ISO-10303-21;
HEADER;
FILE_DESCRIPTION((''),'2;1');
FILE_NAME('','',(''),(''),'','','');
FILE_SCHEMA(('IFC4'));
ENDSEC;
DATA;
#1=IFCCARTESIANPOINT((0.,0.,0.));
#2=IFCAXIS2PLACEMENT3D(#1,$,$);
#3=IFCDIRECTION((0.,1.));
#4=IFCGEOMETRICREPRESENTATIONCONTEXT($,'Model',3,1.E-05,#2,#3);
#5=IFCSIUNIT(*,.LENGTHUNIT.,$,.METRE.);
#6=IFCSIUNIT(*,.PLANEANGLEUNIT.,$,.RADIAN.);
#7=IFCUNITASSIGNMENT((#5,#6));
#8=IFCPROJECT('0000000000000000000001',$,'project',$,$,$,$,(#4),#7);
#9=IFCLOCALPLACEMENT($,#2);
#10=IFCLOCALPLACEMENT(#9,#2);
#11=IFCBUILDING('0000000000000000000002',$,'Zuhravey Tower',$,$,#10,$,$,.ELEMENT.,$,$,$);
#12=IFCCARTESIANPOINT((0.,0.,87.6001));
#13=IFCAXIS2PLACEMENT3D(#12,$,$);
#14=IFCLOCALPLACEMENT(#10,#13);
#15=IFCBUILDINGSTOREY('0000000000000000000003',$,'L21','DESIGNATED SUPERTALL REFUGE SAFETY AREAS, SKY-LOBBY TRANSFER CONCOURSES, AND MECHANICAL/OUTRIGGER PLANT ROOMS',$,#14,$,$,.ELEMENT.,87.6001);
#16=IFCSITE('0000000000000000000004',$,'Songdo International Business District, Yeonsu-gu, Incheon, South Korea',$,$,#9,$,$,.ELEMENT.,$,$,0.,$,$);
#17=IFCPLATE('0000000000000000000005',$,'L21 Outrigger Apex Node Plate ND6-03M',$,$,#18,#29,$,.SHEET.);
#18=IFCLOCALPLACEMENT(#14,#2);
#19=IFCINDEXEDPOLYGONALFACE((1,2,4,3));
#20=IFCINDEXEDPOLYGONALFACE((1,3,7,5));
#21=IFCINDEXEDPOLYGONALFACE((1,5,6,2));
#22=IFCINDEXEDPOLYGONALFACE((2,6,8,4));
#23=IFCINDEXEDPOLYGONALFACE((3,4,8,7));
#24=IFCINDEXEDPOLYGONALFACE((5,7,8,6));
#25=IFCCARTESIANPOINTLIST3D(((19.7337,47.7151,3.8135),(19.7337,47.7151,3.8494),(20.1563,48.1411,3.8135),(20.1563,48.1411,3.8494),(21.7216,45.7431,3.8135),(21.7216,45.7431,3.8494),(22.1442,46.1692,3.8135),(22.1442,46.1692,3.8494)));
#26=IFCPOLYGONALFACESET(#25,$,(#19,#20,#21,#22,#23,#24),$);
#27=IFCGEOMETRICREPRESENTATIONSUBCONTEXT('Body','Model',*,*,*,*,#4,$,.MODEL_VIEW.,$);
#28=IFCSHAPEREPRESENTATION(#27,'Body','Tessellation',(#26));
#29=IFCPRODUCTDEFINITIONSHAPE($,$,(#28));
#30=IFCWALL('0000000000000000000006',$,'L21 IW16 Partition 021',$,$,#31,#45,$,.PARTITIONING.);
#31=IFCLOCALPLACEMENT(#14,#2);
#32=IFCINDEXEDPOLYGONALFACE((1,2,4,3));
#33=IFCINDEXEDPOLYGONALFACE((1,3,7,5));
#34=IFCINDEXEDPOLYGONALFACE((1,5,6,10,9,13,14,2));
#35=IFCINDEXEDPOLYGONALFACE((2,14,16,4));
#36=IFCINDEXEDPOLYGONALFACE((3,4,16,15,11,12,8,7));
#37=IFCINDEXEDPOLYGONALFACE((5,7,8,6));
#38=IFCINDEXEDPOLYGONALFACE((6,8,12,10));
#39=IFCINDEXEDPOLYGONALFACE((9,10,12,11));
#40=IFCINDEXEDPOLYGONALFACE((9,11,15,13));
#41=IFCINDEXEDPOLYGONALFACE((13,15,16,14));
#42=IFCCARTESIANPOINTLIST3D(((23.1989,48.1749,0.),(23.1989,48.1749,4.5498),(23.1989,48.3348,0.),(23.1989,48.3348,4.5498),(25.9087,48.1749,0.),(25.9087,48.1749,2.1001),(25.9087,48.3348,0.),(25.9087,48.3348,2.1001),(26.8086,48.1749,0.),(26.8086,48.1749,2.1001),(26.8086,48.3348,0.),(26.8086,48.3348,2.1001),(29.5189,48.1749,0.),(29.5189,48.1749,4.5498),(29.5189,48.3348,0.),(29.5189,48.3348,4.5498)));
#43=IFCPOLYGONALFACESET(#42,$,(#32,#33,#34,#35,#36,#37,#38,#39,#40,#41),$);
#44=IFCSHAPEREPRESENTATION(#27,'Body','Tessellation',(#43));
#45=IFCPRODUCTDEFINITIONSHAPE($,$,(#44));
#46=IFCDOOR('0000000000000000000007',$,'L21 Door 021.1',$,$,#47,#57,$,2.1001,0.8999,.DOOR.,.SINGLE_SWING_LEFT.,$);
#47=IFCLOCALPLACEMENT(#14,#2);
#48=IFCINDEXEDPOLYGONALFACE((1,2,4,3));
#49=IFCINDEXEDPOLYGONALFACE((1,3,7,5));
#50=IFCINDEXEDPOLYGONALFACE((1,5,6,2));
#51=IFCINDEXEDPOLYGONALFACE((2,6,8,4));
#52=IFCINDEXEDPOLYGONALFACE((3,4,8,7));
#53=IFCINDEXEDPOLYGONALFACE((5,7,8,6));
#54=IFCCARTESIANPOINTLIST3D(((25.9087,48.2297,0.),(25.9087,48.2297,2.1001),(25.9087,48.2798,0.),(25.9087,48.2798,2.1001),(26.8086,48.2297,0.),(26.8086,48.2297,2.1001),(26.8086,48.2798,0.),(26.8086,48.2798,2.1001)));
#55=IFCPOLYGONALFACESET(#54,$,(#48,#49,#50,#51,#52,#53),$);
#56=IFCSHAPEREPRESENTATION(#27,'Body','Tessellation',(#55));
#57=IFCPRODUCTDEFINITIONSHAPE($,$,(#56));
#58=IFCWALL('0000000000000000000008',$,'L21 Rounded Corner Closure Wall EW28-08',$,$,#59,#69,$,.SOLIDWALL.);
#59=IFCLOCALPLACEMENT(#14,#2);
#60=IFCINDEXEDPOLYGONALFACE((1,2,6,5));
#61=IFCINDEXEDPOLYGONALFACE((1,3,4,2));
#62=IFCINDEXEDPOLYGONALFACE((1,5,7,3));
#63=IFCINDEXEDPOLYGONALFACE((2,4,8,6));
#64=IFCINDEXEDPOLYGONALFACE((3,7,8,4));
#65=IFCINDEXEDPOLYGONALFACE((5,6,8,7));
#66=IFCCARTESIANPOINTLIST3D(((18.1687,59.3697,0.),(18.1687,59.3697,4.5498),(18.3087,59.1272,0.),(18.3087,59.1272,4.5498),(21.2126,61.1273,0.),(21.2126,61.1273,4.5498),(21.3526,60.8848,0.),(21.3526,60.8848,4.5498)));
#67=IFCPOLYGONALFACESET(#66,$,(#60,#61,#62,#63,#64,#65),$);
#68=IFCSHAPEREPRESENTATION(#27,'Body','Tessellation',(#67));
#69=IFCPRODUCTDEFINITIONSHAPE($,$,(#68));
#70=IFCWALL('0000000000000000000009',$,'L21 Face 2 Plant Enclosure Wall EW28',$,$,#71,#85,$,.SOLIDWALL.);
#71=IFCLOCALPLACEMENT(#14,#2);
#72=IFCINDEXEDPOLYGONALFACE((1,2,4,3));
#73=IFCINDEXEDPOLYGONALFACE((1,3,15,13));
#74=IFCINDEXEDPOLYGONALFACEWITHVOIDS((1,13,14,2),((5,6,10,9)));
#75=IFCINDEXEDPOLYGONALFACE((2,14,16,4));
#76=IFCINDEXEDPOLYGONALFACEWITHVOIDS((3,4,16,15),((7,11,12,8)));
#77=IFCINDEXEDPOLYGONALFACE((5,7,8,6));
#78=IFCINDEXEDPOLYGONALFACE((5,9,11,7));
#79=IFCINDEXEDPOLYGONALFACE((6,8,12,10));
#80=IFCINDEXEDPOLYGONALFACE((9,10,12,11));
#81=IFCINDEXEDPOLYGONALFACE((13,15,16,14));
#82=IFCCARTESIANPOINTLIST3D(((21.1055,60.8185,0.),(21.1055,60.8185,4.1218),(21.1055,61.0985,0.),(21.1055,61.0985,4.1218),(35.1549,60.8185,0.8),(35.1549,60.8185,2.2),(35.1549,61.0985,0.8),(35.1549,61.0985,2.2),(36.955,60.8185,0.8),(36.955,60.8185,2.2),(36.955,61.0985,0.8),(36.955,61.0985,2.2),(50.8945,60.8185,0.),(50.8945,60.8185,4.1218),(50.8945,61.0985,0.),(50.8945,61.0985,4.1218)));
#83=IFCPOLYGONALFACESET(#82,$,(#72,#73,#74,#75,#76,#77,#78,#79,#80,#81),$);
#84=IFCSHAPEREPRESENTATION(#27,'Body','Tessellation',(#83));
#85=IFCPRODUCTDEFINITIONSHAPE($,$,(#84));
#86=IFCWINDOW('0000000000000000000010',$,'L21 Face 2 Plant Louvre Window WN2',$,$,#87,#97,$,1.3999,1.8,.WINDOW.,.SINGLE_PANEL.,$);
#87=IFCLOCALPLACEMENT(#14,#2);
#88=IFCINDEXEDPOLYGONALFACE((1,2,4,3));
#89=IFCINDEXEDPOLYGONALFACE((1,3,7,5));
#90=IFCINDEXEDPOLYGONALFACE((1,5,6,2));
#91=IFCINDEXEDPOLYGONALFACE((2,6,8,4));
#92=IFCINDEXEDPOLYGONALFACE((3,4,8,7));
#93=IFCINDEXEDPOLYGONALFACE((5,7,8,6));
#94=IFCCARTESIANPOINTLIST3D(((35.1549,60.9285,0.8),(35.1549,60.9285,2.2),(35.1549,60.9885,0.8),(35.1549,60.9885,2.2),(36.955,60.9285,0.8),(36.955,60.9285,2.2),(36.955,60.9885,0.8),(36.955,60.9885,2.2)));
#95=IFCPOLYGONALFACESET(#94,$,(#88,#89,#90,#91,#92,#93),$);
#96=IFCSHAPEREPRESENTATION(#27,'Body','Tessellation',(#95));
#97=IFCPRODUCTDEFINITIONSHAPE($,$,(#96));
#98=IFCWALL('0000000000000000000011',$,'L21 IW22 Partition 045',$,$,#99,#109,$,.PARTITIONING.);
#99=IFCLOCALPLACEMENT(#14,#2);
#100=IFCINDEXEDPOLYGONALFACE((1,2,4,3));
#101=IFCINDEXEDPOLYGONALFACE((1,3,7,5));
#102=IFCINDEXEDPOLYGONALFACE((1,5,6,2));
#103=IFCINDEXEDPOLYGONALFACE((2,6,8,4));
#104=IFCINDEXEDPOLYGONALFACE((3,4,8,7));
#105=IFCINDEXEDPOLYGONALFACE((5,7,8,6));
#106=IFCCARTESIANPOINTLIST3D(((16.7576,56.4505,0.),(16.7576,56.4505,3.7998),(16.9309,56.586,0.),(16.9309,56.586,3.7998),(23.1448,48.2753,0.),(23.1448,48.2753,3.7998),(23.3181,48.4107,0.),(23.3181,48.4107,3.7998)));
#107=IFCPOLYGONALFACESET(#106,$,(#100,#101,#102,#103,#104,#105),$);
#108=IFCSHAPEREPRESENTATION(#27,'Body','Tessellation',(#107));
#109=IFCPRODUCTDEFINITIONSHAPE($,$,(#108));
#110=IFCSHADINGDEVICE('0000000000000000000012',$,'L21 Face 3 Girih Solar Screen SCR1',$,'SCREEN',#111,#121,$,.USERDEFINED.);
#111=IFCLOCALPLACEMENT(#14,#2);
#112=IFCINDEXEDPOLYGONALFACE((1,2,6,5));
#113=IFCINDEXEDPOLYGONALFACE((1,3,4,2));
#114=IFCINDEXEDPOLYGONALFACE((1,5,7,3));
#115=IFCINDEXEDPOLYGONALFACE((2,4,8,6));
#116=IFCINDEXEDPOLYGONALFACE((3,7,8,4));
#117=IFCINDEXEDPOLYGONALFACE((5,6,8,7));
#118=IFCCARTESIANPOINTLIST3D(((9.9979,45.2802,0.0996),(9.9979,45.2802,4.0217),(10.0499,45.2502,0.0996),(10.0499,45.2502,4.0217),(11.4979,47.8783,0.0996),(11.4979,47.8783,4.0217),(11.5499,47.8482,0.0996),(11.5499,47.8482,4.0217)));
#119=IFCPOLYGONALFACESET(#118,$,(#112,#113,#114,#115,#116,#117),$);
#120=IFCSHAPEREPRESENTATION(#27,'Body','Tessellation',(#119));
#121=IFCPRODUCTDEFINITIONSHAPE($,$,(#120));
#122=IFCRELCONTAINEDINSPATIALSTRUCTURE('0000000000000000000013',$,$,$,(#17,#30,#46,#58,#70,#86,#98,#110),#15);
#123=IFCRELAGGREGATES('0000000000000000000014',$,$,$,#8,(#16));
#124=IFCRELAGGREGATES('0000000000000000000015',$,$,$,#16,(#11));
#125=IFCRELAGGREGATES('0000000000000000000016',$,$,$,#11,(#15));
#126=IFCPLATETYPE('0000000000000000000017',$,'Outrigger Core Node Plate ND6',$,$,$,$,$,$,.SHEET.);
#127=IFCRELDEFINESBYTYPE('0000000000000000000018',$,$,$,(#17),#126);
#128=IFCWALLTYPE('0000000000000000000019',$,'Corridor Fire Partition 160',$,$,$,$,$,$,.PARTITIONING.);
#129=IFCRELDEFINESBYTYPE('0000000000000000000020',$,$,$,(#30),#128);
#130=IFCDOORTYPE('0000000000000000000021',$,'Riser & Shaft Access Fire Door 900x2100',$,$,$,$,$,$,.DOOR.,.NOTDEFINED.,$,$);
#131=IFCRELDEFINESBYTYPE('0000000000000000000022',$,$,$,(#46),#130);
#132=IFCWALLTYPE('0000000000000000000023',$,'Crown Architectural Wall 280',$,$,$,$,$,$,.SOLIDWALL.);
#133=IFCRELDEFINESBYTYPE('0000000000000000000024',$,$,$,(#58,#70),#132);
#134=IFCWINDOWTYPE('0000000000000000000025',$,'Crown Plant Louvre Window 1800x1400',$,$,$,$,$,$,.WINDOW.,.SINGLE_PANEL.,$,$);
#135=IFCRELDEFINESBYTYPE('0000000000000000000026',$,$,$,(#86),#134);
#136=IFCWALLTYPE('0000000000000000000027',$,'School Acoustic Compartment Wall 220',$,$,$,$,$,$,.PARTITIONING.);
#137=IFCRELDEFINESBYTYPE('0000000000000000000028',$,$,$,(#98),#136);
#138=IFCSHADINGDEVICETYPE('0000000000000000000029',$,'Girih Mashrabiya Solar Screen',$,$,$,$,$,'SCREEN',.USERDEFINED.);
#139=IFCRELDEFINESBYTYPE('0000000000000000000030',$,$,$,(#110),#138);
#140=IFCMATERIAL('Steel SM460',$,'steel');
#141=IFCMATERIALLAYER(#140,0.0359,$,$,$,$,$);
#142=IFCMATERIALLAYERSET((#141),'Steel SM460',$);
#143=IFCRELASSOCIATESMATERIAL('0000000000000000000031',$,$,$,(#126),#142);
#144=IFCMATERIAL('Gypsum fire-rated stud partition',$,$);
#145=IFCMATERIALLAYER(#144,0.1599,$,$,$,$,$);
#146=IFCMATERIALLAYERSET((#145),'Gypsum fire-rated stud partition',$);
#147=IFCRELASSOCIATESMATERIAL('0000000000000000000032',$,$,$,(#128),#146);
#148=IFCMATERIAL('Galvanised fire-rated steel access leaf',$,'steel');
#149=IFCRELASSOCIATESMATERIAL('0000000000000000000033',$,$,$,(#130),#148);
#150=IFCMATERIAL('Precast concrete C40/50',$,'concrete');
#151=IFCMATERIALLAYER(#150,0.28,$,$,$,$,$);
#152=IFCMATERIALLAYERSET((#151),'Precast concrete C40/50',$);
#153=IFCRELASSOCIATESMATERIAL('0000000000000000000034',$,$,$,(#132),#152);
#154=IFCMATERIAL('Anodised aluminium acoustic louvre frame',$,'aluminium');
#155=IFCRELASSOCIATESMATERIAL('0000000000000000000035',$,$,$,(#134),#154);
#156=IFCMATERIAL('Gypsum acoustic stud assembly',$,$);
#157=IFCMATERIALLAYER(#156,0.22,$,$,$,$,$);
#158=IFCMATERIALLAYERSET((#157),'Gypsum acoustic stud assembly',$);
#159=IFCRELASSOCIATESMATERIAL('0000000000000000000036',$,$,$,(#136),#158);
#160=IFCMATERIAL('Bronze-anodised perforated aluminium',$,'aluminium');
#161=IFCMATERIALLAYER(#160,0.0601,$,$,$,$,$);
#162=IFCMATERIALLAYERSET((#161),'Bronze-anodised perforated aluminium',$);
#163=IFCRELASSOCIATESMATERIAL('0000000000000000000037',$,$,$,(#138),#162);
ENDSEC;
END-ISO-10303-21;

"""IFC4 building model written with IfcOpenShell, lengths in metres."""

from ifc_helpers import new_model, si_unit, direction, frame, frame_2d, origin, origin_2d, place, context, subcontext, project, spatial, rectangle, extrude, material, layer, layer_set, type_object, element, fill, save


model = new_model("IFC4")

# Units and contexts
model_context = context("Model", 3, precision=1e-05, world=origin(), true_north=direction((0.0, 1.0)))
body_context = subcontext(model_context, "Body", "Model", "MODEL_VIEW")
ifc_project = project(units=[si_unit("LENGTHUNIT", "METRE"), si_unit("PLANEANGLEUNIT", "RADIAN")], contexts=[model_context])

# Site, building, storey
site_placement = place(None, origin())
site = spatial("IfcSite", under=ifc_project, at=site_placement, Name="Songdo International Business District, Yeonsu-gu, Incheon, South Korea", CompositionType="ELEMENT", RefElevation=0.0)
building_placement = place(site_placement, origin())
building = spatial("IfcBuilding", under=site, at=building_placement, Name="Zuhravey Tower", CompositionType="ELEMENT")
storey_placement = place(building_placement, frame((0.0, 0.0, 87.6001)))
storey = spatial("IfcBuildingStorey", under=building, at=storey_placement, Name="L21", Description="DESIGNATED SUPERTALL REFUGE SAFETY AREAS, SKY-LOBBY TRANSFER CONCOURSES, AND MECHANICAL/OUTRIGGER PLANT ROOMS", CompositionType="ELEMENT", Elevation=87.6001)

# Shared definitions
ifc_material_1 = material(Name="Steel SM460", Category="steel")

# Plate
ifc_layer_1 = layer(ifc_material_1, 0.0359)
ifc_layer_set_1 = layer_set([ifc_layer_1], Name="Steel SM460")
plate_type_1 = type_object("IfcPlateType", Name="Outrigger Core Node Plate ND6", PredefinedType="SHEET", material=ifc_layer_set_1)
plate_placement = place(storey_placement, frame((20.939, 46.9421, 3.8135), z_axis=(0.0, 0.0, 1.0), x_axis=(-0.70994, 0.704263, 0.0)))
element("IfcPlate", 1, at=plate_placement, inside=storey, type_object=plate_type_1, Name="L21 Outrigger Apex Node Plate ND6-03M", PredefinedType="SHEET", context=body_context, shape_type="SweptSolid", body=[
    extrude(rectangle(XDim=2.8, YDim=0.6001, at=origin_2d()), origin(), (0.0, 0.0, 1.0), 0.0359),
])

# Wall, opening, door
ifc_material_2 = material(Name="Gypsum fire-rated stud partition")
ifc_layer_2 = layer(ifc_material_2, 0.1599)
ifc_layer_set_2 = layer_set([ifc_layer_2], Name="Gypsum fire-rated stud partition")
wall_type_1 = type_object("IfcWallType", Name="Corridor Fire Partition 160", PredefinedType="PARTITIONING", material=ifc_layer_set_2)
wall_1_placement = place(storey_placement, frame((23.1987, 48.2549, 0.0), z_axis=(0.0, 0.0, 1.0), x_axis=(1.0, 0.0, 0.0)))
wall_1 = element("IfcWall", 2, at=wall_1_placement, inside=storey, type_object=wall_type_1, Name="L21 IW16 Partition 021", PredefinedType="PARTITIONING", context=body_context, shape_type="SweptSolid", body=[
    extrude(rectangle(XDim=6.3201, YDim=0.1599, at=frame_2d((3.1602, 0.0))), origin(), (0.0, 0.0, 1.0), 4.5498),
])
opening_1_placement = place(wall_1_placement, frame((2.71, 0.0, 0.0)))
opening_1 = element("IfcOpeningElement", 3, at=opening_1_placement, cuts=wall_1, PredefinedType="OPENING", context=body_context, shape_type="SweptSolid", body=[
    extrude(rectangle(XDim=0.8999, YDim=2.1001, at=frame_2d((0.45, 1.05))), frame((0.0, 0.092, 0.0), z_axis=(0.0, -1.0, 0.0), x_axis=(1.0, 0.0, 0.0)), (0.0, 0.0, 1.0), 0.1838),
])
ifc_material_3 = material(Name="Galvanised fire-rated steel access leaf", Category="steel")
door_type = type_object("IfcDoorType", Name="Riser & Shaft Access Fire Door 900x2100", OperationType="NOTDEFINED", PredefinedType="DOOR", material=ifc_material_3)
door_placement = place(opening_1_placement, origin())
door = element("IfcDoor", 4, at=door_placement, inside=storey, type_object=door_type, Name="L21 Door 021.1", OperationType="SINGLE_SWING_LEFT", OverallHeight=2.1001, OverallWidth=0.8999, PredefinedType="DOOR", context=body_context, shape_type="SweptSolid", body=[
    extrude(rectangle(XDim=0.8999, YDim=2.1001, at=frame_2d((0.45, 1.05))), frame((0.0, 0.0249, 0.0), z_axis=(0.0, -1.0, 0.0), x_axis=(1.0, 0.0, 0.0)), (0.0, 0.0, 1.0), 0.05),
])
fill(opening_1, door)

# Wall
ifc_material_4 = material(Name="Precast concrete C40/50", Category="concrete")
ifc_layer_3 = layer(ifc_material_4, 0.28)
ifc_layer_set_3 = layer_set([ifc_layer_3], Name="Precast concrete C40/50")
wall_type_2 = type_object("IfcWallType", Name="Crown Architectural Wall 280", PredefinedType="SOLIDWALL", material=ifc_layer_set_3)
wall_2_placement = place(storey_placement, frame((18.2388, 59.2485, 0.0), z_axis=(0.0, 0.0, 1.0), x_axis=(0.866007, 0.500031, 0.0)))
element("IfcWall", 5, at=wall_2_placement, inside=storey, type_object=wall_type_2, Name="L21 Rounded Corner Closure Wall EW28-08", PredefinedType="SOLIDWALL", context=body_context, shape_type="SweptSolid", body=[
    extrude(rectangle(XDim=3.5149, YDim=0.28, at=frame_2d((1.7573, 0.0))), origin(), (0.0, 0.0, 1.0), 4.5498),
])

# Wall, opening, window
wall_3_placement = place(storey_placement, frame((21.1055, 60.9585, 0.0), z_axis=(0.0, 0.0, 1.0), x_axis=(1.0, 0.0, 0.0)))
wall_3 = element("IfcWall", 6, at=wall_3_placement, inside=storey, type_object=wall_type_2, Name="L21 Face 2 Plant Enclosure Wall EW28", PredefinedType="SOLIDWALL", context=body_context, shape_type="SweptSolid", body=[
    extrude(rectangle(XDim=29.7891, YDim=0.28, at=frame_2d((14.8945, 0.0))), origin(), (0.0, 0.0, 1.0), 4.1218),
])
opening_2_placement = place(wall_3_placement, frame((14.0496, 0.0, 0.8)))
opening_2 = element("IfcOpeningElement", 7, at=opening_2_placement, cuts=wall_3, PredefinedType="OPENING", context=body_context, shape_type="SweptSolid", body=[
    extrude(rectangle(XDim=1.8, YDim=1.3999, at=frame_2d((0.8999, 0.7))), frame((0.0, 0.1521, 0.0), z_axis=(0.0, -1.0, 0.0), x_axis=(1.0, 0.0, 0.0)), (0.0, 0.0, 1.0), 0.304),
])
ifc_material_5 = material(Name="Anodised aluminium acoustic louvre frame", Category="aluminium")
window_type = type_object("IfcWindowType", Name="Crown Plant Louvre Window 1800x1400", PartitioningType="SINGLE_PANEL", PredefinedType="WINDOW", material=ifc_material_5)
window_placement = place(opening_2_placement, origin())
window = element("IfcWindow", 8, at=window_placement, inside=storey, type_object=window_type, Name="L21 Face 2 Plant Louvre Window WN2", OverallHeight=1.3999, OverallWidth=1.8, PartitioningType="SINGLE_PANEL", PredefinedType="WINDOW", context=body_context, shape_type="SweptSolid", body=[
    extrude(rectangle(XDim=1.8, YDim=1.3999, at=frame_2d((0.8999, 0.7))), frame((0.0, 0.03, 0.0), z_axis=(0.0, -1.0, 0.0), x_axis=(1.0, 0.0, 0.0)), (0.0, 0.0, 1.0), 0.0601),
])
fill(opening_2, window)

# Wall
ifc_material_6 = material(Name="Gypsum acoustic stud assembly")
ifc_layer_4 = layer(ifc_material_6, 0.22)
ifc_layer_set_4 = layer_set([ifc_layer_4], Name="Gypsum acoustic stud assembly")
wall_type_3 = type_object("IfcWallType", Name="School Acoustic Compartment Wall 220", PredefinedType="PARTITIONING", material=ifc_layer_set_4)
wall_4_placement = place(storey_placement, frame((23.2314, 48.343, 0.0), z_axis=(0.0, 0.0, 1.0), x_axis=(-0.61566, 0.788012, 0.0)))
element("IfcWall", 9, at=wall_4_placement, inside=storey, type_object=wall_type_3, Name="L21 IW22 Partition 045", PredefinedType="PARTITIONING", context=body_context, shape_type="SweptSolid", body=[
    extrude(rectangle(XDim=10.3745, YDim=0.22, at=frame_2d((5.1873, 0.0))), origin(), (0.0, 0.0, 1.0), 3.7998),
])

# Shading device
ifc_material_7 = material(Name="Bronze-anodised perforated aluminium", Category="aluminium")
ifc_layer_5 = layer(ifc_material_7, 0.0601)
ifc_layer_set_5 = layer_set([ifc_layer_5], Name="Bronze-anodised perforated aluminium")
shading_device_type = type_object("IfcShadingDeviceType", Name="Girih Mashrabiya Solar Screen", ElementType="SCREEN", PredefinedType="USERDEFINED", material=ifc_layer_set_5)
shading_device_placement = place(storey_placement, frame((10.7739, 46.5642, 0.0996), z_axis=(0.0, 0.0, 1.0), x_axis=(0.5, 0.866025, 0.0)))
element("IfcShadingDevice", 10, at=shading_device_placement, inside=storey, type_object=shading_device_type, Name="L21 Face 3 Girih Solar Screen SCR1", ObjectType="SCREEN", PredefinedType="USERDEFINED", context=body_context, shape_type="SweptSolid", body=[
    extrude(rectangle(XDim=3.0, YDim=0.0601, at=origin_2d()), origin(), (0.0, 0.0, 1.0), 3.9221),
])

save(model, "model.ifc")
